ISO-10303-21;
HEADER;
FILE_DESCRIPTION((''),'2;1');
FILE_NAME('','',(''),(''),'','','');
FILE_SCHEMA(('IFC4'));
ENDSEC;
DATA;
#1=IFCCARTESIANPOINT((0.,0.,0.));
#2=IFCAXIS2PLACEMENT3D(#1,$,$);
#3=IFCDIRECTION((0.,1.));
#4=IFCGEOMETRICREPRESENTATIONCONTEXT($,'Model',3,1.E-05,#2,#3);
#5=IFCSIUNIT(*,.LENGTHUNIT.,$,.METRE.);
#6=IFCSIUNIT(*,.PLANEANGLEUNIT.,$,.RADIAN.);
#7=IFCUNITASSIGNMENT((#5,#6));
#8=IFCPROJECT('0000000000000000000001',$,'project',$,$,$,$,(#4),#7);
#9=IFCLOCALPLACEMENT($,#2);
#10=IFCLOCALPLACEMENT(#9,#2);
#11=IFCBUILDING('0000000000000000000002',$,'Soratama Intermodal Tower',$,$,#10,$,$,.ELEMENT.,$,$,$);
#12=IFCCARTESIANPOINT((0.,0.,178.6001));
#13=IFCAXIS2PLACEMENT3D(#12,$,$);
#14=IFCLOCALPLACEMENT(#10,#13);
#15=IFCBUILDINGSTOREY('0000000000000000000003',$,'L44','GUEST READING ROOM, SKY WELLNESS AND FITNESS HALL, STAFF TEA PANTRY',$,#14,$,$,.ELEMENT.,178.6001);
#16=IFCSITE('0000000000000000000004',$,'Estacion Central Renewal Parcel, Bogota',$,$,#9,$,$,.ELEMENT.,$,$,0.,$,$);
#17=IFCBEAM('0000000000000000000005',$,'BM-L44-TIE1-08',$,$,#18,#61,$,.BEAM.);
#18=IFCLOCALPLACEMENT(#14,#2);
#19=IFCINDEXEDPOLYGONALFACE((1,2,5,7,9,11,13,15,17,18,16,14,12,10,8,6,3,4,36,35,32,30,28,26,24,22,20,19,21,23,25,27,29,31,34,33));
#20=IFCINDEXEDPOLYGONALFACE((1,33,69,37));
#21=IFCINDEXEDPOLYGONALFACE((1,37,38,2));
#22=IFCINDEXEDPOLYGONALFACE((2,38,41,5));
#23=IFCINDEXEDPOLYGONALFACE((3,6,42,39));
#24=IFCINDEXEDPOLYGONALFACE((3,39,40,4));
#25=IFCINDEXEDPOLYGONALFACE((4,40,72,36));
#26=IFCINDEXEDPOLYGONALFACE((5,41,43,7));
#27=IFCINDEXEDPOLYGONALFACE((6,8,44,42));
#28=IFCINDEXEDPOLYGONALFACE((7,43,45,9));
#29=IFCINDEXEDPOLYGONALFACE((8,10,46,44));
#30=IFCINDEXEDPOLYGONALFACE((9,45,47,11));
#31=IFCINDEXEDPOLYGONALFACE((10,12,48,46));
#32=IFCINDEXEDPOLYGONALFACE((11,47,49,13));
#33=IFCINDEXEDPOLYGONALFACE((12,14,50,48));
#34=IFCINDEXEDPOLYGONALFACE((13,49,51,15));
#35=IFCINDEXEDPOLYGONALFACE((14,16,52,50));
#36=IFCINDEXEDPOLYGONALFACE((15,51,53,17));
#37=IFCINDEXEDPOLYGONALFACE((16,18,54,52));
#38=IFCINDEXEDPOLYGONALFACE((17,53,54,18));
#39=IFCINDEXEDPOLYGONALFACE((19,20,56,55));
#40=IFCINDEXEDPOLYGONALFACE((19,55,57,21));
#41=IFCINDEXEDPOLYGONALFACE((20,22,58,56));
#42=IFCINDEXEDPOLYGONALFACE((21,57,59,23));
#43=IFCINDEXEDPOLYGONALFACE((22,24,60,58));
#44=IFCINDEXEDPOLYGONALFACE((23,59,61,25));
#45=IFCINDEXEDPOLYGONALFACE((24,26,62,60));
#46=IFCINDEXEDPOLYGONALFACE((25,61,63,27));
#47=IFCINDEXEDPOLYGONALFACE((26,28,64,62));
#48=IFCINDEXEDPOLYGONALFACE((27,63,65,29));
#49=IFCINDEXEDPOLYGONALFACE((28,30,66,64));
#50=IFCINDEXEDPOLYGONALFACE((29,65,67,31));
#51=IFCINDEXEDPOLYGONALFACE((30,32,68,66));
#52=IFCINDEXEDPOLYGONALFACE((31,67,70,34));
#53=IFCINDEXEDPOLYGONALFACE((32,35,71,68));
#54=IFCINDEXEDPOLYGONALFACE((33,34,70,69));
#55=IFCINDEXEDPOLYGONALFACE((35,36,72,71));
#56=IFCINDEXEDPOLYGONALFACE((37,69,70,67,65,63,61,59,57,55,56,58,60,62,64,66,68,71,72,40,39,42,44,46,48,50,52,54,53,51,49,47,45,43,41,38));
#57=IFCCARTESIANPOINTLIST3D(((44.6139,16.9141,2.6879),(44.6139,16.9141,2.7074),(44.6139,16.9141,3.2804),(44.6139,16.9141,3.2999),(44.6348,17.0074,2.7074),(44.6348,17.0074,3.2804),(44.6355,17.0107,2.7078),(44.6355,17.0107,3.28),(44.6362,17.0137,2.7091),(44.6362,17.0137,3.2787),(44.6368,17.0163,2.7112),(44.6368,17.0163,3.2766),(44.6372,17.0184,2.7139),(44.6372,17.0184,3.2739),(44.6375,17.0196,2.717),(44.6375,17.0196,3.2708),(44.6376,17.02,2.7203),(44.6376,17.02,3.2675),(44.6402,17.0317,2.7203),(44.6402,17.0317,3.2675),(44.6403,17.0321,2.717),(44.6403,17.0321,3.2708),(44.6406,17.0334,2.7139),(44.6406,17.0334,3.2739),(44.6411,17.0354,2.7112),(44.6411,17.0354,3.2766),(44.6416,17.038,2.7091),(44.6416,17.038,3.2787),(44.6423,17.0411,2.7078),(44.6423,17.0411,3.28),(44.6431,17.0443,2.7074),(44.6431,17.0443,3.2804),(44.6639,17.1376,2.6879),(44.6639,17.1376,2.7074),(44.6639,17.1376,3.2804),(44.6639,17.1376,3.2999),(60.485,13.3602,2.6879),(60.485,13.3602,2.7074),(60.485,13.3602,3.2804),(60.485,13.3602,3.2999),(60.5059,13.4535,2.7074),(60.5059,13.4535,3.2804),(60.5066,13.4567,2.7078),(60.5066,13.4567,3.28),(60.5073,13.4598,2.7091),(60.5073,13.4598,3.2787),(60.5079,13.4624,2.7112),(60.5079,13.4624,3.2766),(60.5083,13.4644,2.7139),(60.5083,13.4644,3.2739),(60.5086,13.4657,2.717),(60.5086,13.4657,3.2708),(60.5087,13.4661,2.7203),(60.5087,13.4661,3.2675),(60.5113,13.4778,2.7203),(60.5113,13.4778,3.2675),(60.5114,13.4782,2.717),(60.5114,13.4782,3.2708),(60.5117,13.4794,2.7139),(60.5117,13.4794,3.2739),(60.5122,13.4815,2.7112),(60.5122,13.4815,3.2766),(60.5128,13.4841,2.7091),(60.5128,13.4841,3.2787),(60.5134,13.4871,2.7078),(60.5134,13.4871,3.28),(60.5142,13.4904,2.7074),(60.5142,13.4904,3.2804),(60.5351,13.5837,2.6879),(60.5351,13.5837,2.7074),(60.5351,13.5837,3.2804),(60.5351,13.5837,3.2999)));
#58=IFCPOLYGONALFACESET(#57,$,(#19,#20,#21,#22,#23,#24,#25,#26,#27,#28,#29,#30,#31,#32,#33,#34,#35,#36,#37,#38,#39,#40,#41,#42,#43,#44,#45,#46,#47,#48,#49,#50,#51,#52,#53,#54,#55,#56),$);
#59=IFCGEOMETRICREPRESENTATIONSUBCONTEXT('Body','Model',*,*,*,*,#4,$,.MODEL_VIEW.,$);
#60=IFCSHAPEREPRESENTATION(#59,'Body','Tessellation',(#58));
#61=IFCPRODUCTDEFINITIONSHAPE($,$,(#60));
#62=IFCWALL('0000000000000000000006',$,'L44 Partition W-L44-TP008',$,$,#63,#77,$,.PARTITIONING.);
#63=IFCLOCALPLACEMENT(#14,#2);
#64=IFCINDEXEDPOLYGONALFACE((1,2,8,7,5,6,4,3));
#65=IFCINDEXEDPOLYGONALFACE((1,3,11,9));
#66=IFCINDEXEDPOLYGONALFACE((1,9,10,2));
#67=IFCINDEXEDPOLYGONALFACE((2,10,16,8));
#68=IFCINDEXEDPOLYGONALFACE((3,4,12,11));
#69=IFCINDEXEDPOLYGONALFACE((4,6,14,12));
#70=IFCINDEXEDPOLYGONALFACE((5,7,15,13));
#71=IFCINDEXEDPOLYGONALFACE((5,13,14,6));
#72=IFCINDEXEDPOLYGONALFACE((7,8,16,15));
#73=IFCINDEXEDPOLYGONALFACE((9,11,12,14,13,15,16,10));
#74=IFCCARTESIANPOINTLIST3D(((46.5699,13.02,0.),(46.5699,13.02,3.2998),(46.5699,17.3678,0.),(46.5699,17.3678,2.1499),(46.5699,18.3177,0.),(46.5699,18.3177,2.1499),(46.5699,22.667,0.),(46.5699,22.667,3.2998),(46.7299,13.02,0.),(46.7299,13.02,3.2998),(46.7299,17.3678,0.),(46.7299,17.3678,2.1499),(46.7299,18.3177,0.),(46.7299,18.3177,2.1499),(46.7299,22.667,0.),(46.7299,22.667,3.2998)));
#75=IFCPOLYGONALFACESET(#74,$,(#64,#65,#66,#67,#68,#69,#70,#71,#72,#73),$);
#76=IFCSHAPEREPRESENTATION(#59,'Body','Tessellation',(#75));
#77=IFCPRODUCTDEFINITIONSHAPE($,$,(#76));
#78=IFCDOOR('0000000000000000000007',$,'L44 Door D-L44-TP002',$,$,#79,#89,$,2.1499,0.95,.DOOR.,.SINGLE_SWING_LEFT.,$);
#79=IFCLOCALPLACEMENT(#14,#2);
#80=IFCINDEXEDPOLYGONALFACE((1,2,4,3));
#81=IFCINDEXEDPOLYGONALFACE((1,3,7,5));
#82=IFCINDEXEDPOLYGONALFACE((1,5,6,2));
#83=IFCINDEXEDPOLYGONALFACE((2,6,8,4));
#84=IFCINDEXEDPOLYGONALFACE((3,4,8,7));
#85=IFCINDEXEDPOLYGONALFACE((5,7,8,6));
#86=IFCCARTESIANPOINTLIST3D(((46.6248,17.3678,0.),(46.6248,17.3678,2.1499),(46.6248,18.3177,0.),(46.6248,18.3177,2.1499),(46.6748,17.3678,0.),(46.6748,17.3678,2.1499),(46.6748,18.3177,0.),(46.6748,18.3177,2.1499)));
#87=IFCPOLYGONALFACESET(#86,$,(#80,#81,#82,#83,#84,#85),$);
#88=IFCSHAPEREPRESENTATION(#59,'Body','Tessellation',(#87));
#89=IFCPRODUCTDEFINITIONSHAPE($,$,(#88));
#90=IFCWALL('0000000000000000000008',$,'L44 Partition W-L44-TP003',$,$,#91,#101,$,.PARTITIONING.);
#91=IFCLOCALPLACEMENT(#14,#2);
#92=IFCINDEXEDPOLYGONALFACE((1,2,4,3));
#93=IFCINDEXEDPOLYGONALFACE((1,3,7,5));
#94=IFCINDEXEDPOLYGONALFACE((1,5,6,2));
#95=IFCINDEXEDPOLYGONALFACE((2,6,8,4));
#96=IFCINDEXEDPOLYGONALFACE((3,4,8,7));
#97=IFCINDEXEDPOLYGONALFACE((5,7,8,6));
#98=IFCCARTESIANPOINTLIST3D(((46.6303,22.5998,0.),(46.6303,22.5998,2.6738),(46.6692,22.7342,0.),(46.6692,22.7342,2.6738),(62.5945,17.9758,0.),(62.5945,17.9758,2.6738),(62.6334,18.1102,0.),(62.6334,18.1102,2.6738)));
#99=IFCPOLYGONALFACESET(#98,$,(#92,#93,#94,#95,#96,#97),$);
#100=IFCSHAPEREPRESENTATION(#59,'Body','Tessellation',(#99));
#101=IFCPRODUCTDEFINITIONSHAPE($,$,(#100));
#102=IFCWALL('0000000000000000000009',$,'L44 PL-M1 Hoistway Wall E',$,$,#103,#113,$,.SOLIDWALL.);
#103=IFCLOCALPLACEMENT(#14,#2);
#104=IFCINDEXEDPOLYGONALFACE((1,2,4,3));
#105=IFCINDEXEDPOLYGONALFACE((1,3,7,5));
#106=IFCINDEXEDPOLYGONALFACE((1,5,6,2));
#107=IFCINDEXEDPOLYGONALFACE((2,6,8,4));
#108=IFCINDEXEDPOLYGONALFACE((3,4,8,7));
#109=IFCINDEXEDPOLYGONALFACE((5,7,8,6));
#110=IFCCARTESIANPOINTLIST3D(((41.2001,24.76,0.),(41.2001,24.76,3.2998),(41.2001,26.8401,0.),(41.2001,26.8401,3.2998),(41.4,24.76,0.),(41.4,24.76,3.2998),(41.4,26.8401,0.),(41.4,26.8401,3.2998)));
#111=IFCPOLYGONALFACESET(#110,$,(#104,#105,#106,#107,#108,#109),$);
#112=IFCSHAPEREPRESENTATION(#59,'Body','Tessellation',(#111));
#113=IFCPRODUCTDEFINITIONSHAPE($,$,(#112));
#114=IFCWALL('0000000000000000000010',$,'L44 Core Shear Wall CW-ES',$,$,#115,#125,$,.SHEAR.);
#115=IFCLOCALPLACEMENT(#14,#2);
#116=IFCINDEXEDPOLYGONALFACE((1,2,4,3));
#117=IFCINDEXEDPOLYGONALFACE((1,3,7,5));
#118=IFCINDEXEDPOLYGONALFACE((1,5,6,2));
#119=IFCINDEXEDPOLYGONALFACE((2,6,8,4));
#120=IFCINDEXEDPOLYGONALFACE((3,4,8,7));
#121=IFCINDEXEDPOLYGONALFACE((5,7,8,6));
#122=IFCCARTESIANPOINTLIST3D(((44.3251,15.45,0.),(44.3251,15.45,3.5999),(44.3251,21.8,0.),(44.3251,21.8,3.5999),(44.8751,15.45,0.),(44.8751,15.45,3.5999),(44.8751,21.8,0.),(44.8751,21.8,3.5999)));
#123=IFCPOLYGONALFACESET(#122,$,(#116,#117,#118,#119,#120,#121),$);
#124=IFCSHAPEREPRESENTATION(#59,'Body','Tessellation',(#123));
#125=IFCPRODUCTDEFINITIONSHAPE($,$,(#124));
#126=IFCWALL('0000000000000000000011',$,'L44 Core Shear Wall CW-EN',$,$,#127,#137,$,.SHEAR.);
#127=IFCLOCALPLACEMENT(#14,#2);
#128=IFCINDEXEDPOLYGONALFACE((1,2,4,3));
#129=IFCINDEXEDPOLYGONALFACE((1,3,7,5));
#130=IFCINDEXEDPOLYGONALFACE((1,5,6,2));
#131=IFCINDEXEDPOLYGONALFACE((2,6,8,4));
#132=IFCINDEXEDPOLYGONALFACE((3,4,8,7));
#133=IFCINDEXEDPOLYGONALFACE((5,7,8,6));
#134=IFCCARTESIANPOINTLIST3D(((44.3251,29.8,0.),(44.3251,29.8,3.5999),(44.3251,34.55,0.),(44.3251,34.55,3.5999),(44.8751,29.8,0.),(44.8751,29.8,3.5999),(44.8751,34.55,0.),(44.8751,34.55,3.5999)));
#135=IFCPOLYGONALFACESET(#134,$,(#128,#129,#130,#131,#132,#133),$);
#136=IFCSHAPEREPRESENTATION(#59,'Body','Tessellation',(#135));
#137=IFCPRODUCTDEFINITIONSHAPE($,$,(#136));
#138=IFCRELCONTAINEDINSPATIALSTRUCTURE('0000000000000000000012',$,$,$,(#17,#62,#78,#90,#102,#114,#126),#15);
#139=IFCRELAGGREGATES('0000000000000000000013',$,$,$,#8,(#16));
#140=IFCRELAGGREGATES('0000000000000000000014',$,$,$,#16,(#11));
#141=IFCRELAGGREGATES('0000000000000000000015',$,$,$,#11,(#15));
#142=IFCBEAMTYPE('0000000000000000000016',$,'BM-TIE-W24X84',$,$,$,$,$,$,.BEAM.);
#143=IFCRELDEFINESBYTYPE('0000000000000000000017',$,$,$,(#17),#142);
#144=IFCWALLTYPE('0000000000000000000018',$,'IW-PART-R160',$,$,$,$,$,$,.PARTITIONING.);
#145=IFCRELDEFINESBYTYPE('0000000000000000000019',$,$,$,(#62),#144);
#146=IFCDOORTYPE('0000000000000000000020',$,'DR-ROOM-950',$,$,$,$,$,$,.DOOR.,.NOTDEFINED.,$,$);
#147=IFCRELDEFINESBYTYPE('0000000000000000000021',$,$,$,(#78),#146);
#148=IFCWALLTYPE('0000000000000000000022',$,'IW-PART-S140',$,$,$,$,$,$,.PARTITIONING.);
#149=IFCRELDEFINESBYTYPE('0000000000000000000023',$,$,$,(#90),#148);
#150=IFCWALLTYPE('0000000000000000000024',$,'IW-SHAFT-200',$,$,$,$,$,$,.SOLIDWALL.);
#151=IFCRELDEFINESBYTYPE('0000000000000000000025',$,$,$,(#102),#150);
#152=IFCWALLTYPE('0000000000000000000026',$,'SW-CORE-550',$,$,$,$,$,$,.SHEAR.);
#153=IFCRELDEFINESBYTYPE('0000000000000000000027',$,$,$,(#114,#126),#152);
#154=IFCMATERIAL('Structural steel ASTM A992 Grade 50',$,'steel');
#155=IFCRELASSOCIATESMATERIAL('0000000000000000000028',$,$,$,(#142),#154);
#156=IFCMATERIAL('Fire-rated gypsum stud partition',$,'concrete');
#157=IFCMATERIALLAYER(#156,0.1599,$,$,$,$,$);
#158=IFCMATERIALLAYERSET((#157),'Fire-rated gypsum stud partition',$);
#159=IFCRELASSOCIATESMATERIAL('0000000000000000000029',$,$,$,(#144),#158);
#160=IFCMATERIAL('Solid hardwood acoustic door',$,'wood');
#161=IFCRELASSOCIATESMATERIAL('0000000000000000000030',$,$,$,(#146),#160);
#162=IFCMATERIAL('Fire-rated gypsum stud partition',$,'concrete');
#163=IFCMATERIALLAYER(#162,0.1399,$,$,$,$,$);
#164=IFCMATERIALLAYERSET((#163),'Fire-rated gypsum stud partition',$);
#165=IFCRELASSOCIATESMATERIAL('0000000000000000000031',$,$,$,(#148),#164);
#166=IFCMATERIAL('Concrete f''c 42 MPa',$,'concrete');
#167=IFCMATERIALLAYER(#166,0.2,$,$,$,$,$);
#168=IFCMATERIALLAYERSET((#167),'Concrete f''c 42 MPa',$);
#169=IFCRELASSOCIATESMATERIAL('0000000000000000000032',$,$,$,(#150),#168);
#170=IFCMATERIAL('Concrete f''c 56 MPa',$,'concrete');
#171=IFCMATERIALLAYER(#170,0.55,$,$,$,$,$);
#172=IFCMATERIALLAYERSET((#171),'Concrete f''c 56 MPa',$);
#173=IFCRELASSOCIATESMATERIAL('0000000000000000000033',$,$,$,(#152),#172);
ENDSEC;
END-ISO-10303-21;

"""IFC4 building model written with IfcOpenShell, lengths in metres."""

from ifc_helpers import new_model, si_unit, direction, frame, frame_2d, origin, origin_2d, place, context, subcontext, project, spatial, rectangle, i_section, extrude, material, layer, layer_set, material_profile, profile_set, type_object, element, fill, save


model = new_model("IFC4")

# Units and contexts
model_context = context("Model", 3, precision=1e-05, world=origin(), true_north=direction((0.0, 1.0)))
body_context = subcontext(model_context, "Body", "Model", "MODEL_VIEW")
ifc_project = project(units=[si_unit("LENGTHUNIT", "METRE"), si_unit("PLANEANGLEUNIT", "RADIAN")], contexts=[model_context])

# Site, building, storey
site_placement = place(None, origin())
site = spatial("IfcSite", under=ifc_project, at=site_placement, Name="Estacion Central Renewal Parcel, Bogota", CompositionType="ELEMENT", RefElevation=0.0)
building_placement = place(site_placement, origin())
building = spatial("IfcBuilding", under=site, at=building_placement, Name="Soratama Intermodal Tower", CompositionType="ELEMENT")
storey_placement = place(building_placement, frame((0.0, 0.0, 178.6001)))
storey = spatial("IfcBuildingStorey", under=building, at=storey_placement, Name="L44", Description="GUEST READING ROOM, SKY WELLNESS AND FITNESS HALL, STAFF TEA PANTRY", CompositionType="ELEMENT", Elevation=178.6001)

# Beam
ifc_material_1 = material(Name="Structural steel ASTM A992 Grade 50", Category="steel")
ifc_material_profile_1 = material_profile(ifc_material_1, i_section(OverallWidth=0.229, OverallDepth=0.6121, WebThickness=0.012, FlangeThickness=0.0195, FilletRadius=0.0129, at=origin_2d()), Name="W24X84")
ifc_profile_set_1 = profile_set([ifc_material_profile_1], Name="Structural steel ASTM A992 Grade 50")
beam_type_1 = type_object("IfcBeamType", Name="BM-TIE-W24X84", PredefinedType="BEAM", material=ifc_profile_set_1)
beam_1_placement = place(storey_placement, frame((44.6389, 17.0259, 2.9939), z_axis=(0.975834, -0.218515, 0.0), x_axis=(0.218515, 0.975834, 0.0)))
element("IfcBeam", 1, at=beam_1_placement, inside=storey, type_object=beam_type_1, Name="BM-L44-TIE1-08", PredefinedType="BEAM", context=body_context, shape_type="SweptSolid", body=[
    extrude(i_section(OverallWidth=0.229, OverallDepth=0.6121, WebThickness=0.012, FlangeThickness=0.0195, FilletRadius=0.0129, at=origin_2d()), origin(), (0.0, 0.0, 1.0), 16.2642),
])

# Wall, opening, door
ifc_material_2 = material(Name="Fire-rated gypsum stud partition", Category="concrete")
ifc_layer_1 = layer(ifc_material_2, 0.1599)
ifc_layer_set_1 = layer_set([ifc_layer_1], Name="Fire-rated gypsum stud partition")
wall_type_1 = type_object("IfcWallType", Name="IW-PART-R160", PredefinedType="PARTITIONING", material=ifc_layer_set_1)
wall_1_placement = place(storey_placement, frame((46.6499, 22.667, 0.0), z_axis=(0.0, 0.0, 1.0), x_axis=(0.0, -1.0, 0.0)))
wall_1 = element("IfcWall", 2, at=wall_1_placement, inside=storey, type_object=wall_type_1, Name="L44 Partition W-L44-TP008", PredefinedType="PARTITIONING", context=body_context, shape_type="SweptSolid", body=[
    extrude(rectangle(XDim=9.647, YDim=0.1599, at=frame_2d((4.8235, 0.0))), origin(), (0.0, 0.0, 1.0), 3.2998),
])
opening_1_placement = place(wall_1_placement, frame((4.3491, 0.0, 0.0)))
opening_1 = element("IfcOpeningElement", 3, at=opening_1_placement, cuts=wall_1, PredefinedType="OPENING", context=body_context, shape_type="SweptSolid", body=[
    extrude(rectangle(XDim=0.95, YDim=2.1499, at=frame_2d((0.4751, 1.075))), frame((0.0, 0.0898, 0.0), z_axis=(0.0, -1.0, 0.0), x_axis=(1.0, 0.0, 0.0)), (0.0, 0.0, 1.0), 0.1799),
])
ifc_material_3 = material(Name="Solid hardwood acoustic door", Category="wood")
door_type_1 = type_object("IfcDoorType", Name="DR-ROOM-950", OperationType="NOTDEFINED", PredefinedType="DOOR", material=ifc_material_3)
door_1_placement = place(opening_1_placement, origin())
door_1 = element("IfcDoor", 4, at=door_1_placement, inside=storey, type_object=door_type_1, Name="L44 Door D-L44-TP002", OperationType="SINGLE_SWING_LEFT", OverallHeight=2.1499, OverallWidth=0.95, PredefinedType="DOOR", context=body_context, shape_type="SweptSolid", body=[
    extrude(rectangle(XDim=0.95, YDim=2.1499, at=frame_2d((0.4751, 1.075))), frame((0.0, 0.0249, 0.0), z_axis=(0.0, -1.0, 0.0), x_axis=(1.0, 0.0, 0.0)), (0.0, 0.0, 1.0), 0.05),
])
fill(opening_1, door_1)

# Walls
ifc_material_4 = material(Name="Fire-rated gypsum stud partition", Category="concrete")
ifc_layer_2 = layer(ifc_material_4, 0.1399)
ifc_layer_set_2 = layer_set([ifc_layer_2], Name="Fire-rated gypsum stud partition")
wall_type_2 = type_object("IfcWallType", Name="IW-PART-S140", PredefinedType="PARTITIONING", material=ifc_layer_set_2)
wall_2_placement = place(storey_placement, frame((46.6499, 22.667, 0.0), z_axis=(0.0, 0.0, 1.0), x_axis=(0.960519, -0.278215, 0.0)))
element("IfcWall", 5, at=wall_2_placement, inside=storey, type_object=wall_type_2, Name="L44 Partition W-L44-TP003", PredefinedType="PARTITIONING", context=body_context, shape_type="SweptSolid", body=[
    extrude(rectangle(XDim=16.6204, YDim=0.1399, at=frame_2d((8.3101, 0.0))), origin(), (0.0, 0.0, 1.0), 2.6738),
])
ifc_material_5 = material(Name="Concrete f'c 42 MPa", Category="concrete")
ifc_layer_3 = layer(ifc_material_5, 0.2)
ifc_layer_set_3 = layer_set([ifc_layer_3], Name="Concrete f'c 42 MPa")
wall_type_3 = type_object("IfcWallType", Name="IW-SHAFT-200", PredefinedType="SOLIDWALL", material=ifc_layer_set_3)
wall_3_placement = place(storey_placement, frame((41.3, 24.76, 0.0), z_axis=(0.0, 0.0, 1.0), x_axis=(0.0, 1.0, 0.0)))
element("IfcWall", 6, at=wall_3_placement, inside=storey, type_object=wall_type_3, Name="L44 PL-M1 Hoistway Wall E", PredefinedType="SOLIDWALL", context=body_context, shape_type="SweptSolid", body=[
    extrude(rectangle(XDim=2.0801, YDim=0.2, at=frame_2d((1.04, 0.0))), origin(), (0.0, 0.0, 1.0), 3.2998),
])
ifc_material_6 = material(Name="Concrete f'c 56 MPa", Category="concrete")
ifc_layer_4 = layer(ifc_material_6, 0.55)
ifc_layer_set_4 = layer_set([ifc_layer_4], Name="Concrete f'c 56 MPa")
wall_type_4 = type_object("IfcWallType", Name="SW-CORE-550", PredefinedType="SHEAR", material=ifc_layer_set_4)
wall_4_placement = place(storey_placement, frame((44.6001, 15.45, 0.0), z_axis=(0.0, 0.0, 1.0), x_axis=(0.0, 1.0, 0.0)))
element("IfcWall", 7, at=wall_4_placement, inside=storey, type_object=wall_type_4, Name="L44 Core Shear Wall CW-ES", PredefinedType="SHEAR", context=body_context, shape_type="SweptSolid", body=[
    extrude(rectangle(XDim=6.3501, YDim=0.55, at=frame_2d((3.175, 0.0))), origin(), (0.0, 0.0, 1.0), 3.5999),
])
wall_5_placement = place(storey_placement, frame((44.6001, 29.8, 0.0), z_axis=(0.0, 0.0, 1.0), x_axis=(0.0, 1.0, 0.0)))
element("IfcWall", 8, at=wall_5_placement, inside=storey, type_object=wall_type_4, Name="L44 Core Shear Wall CW-EN", PredefinedType="SHEAR", context=body_context, shape_type="SweptSolid", body=[
    extrude(rectangle(XDim=4.75, YDim=0.55, at=frame_2d((2.375, 0.0))), origin(), (0.0, 0.0, 1.0), 3.5999),
])

save(model, "model.ifc")
